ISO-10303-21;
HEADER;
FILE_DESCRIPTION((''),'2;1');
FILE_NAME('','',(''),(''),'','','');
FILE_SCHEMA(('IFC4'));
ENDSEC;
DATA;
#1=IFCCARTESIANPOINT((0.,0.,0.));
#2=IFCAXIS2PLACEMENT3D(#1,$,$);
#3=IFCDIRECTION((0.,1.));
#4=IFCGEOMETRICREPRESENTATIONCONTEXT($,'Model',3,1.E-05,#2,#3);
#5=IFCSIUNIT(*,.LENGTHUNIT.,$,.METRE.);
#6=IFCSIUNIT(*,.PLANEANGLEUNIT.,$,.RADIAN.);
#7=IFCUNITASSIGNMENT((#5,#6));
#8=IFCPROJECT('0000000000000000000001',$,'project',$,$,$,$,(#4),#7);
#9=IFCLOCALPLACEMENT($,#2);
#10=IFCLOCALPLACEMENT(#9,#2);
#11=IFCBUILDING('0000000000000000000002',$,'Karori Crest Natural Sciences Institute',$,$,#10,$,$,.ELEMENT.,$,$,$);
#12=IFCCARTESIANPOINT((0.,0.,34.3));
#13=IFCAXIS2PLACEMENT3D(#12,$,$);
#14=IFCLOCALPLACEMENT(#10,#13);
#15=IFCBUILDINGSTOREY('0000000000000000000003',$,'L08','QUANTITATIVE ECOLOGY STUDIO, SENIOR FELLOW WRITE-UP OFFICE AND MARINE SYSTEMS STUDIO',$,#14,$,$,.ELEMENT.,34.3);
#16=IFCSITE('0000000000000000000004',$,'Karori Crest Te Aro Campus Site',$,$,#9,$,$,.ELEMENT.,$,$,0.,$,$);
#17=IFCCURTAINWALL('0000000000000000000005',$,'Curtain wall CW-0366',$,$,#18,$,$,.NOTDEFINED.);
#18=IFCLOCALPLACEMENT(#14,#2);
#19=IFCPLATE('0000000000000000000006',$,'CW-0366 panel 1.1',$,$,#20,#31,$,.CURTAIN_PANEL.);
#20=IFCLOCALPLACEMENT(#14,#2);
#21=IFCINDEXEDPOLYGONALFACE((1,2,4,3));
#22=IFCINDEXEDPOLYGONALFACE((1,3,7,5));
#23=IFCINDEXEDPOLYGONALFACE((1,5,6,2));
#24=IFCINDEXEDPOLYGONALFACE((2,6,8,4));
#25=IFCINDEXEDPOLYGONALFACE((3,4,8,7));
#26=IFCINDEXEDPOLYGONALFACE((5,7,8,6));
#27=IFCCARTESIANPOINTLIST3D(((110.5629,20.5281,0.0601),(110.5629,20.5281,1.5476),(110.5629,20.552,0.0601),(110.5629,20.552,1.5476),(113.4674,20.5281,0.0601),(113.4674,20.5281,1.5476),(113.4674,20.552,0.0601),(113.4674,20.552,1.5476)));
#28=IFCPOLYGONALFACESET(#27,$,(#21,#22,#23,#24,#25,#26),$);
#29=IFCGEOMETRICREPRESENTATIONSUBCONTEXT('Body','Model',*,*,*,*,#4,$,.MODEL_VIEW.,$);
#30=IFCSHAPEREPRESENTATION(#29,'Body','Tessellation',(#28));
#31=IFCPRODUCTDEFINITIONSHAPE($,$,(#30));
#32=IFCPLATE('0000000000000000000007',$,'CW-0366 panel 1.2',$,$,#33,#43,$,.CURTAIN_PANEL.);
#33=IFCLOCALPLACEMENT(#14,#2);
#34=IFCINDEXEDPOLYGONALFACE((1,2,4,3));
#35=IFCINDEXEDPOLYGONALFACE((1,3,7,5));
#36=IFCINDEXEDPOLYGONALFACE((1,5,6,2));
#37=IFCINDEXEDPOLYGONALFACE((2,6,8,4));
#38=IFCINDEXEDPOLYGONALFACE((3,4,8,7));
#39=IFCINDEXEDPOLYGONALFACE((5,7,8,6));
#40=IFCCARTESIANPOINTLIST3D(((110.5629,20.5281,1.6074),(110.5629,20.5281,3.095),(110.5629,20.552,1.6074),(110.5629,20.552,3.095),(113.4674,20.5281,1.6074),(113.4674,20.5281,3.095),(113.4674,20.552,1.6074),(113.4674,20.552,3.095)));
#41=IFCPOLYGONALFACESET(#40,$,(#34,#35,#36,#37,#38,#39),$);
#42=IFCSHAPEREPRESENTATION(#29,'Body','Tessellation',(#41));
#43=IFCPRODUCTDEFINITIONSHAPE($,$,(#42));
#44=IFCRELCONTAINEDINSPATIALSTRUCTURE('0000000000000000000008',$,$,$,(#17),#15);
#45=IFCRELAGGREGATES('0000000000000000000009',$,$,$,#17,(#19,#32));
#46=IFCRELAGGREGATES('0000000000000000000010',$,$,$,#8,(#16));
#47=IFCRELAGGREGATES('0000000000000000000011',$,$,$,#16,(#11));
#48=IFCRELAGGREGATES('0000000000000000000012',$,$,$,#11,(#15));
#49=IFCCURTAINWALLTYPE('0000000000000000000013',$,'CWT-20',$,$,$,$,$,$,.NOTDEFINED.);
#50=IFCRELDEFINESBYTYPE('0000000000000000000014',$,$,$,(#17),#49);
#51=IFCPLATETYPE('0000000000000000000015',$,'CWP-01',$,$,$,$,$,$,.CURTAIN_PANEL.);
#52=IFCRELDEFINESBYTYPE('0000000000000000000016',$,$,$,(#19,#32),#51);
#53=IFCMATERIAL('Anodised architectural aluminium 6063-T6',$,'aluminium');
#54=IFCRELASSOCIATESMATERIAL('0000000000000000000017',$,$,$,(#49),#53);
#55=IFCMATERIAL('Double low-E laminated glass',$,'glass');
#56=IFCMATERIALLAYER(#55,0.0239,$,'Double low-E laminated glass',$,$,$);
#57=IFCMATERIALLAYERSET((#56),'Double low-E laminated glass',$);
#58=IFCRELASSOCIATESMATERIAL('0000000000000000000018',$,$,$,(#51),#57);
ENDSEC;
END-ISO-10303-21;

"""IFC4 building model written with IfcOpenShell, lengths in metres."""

from ifc_helpers import new_model, si_unit, direction, frame, origin, origin_2d, place, context, subcontext, project, spatial, rectangle, extrude, material, layer, layer_set, type_object, element, aggregate, save


model = new_model("IFC4")

# Units and contexts
model_context = context("Model", 3, precision=1e-05, world=origin(), true_north=direction((0.0, 1.0)))
body_context = subcontext(model_context, "Body", "Model", "MODEL_VIEW")
ifc_project = project(units=[si_unit("LENGTHUNIT", "METRE"), si_unit("PLANEANGLEUNIT", "RADIAN")], contexts=[model_context])

# Site, building, storey
site_placement = place(None, origin())
site = spatial("IfcSite", under=ifc_project, at=site_placement, Name="Karori Crest Te Aro Campus Site", CompositionType="ELEMENT", RefElevation=0.0)
building_placement = place(site_placement, origin())
building = spatial("IfcBuilding", under=site, at=building_placement, Name="Karori Crest Natural Sciences Institute", CompositionType="ELEMENT")
storey_placement = place(building_placement, frame((0.0, 0.0, 34.3)))
storey = spatial("IfcBuildingStorey", under=building, at=storey_placement, Name="L08", Description="QUANTITATIVE ECOLOGY STUDIO, SENIOR FELLOW WRITE-UP OFFICE AND MARINE SYSTEMS STUDIO", CompositionType="ELEMENT", Elevation=34.3)

# Curtain wall
ifc_material_1 = material(Name="Anodised architectural aluminium 6063-T6", Category="aluminium")
curtain_wall_type = type_object("IfcCurtainWallType", Name="CWT-20", PredefinedType="NOTDEFINED", material=ifc_material_1)
curtain_wall_1_placement = place(storey_placement, origin())
curtain_wall_1 = element("IfcCurtainWall", 1, at=curtain_wall_1_placement, inside=storey, type_object=curtain_wall_type, Name="Curtain wall CW-0366", PredefinedType="NOTDEFINED")

# Plates
ifc_material_2 = material(Name="Double low-E laminated glass", Category="glass")
ifc_layer = layer(ifc_material_2, 0.0239, Name="Double low-E laminated glass")
ifc_layer_set = layer_set([ifc_layer], Name="Double low-E laminated glass")
plate_type = type_object("IfcPlateType", Name="CWP-01", PredefinedType="CURTAIN_PANEL", material=ifc_layer_set)
plate_1_placement = place(storey_placement, frame((112.0151, 20.54, 0.0601), z_axis=(0.0, 0.0, 1.0), x_axis=(1.0, 0.0, 0.0)))
plate_1 = element("IfcPlate", 2, at=plate_1_placement, type_object=plate_type, Name="CW-0366 panel 1.1", PredefinedType="CURTAIN_PANEL", context=body_context, shape_type="SweptSolid", body=[
    extrude(rectangle(XDim=2.9045, YDim=0.0239, at=origin_2d()), origin(), (0.0, 0.0, 1.0), 1.4875),
])
plate_2_placement = place(storey_placement, frame((112.0151, 20.54, 1.6074), z_axis=(0.0, 0.0, 1.0), x_axis=(1.0, 0.0, 0.0)))
plate_2 = element("IfcPlate", 3, at=plate_2_placement, type_object=plate_type, Name="CW-0366 panel 1.2", PredefinedType="CURTAIN_PANEL", context=body_context, shape_type="SweptSolid", body=[
    extrude(rectangle(XDim=2.9045, YDim=0.0239, at=origin_2d()), origin(), (0.0, 0.0, 1.0), 1.4875),
])
aggregate(curtain_wall_1, [plate_1, plate_2])

save(model, "model.ifc")
